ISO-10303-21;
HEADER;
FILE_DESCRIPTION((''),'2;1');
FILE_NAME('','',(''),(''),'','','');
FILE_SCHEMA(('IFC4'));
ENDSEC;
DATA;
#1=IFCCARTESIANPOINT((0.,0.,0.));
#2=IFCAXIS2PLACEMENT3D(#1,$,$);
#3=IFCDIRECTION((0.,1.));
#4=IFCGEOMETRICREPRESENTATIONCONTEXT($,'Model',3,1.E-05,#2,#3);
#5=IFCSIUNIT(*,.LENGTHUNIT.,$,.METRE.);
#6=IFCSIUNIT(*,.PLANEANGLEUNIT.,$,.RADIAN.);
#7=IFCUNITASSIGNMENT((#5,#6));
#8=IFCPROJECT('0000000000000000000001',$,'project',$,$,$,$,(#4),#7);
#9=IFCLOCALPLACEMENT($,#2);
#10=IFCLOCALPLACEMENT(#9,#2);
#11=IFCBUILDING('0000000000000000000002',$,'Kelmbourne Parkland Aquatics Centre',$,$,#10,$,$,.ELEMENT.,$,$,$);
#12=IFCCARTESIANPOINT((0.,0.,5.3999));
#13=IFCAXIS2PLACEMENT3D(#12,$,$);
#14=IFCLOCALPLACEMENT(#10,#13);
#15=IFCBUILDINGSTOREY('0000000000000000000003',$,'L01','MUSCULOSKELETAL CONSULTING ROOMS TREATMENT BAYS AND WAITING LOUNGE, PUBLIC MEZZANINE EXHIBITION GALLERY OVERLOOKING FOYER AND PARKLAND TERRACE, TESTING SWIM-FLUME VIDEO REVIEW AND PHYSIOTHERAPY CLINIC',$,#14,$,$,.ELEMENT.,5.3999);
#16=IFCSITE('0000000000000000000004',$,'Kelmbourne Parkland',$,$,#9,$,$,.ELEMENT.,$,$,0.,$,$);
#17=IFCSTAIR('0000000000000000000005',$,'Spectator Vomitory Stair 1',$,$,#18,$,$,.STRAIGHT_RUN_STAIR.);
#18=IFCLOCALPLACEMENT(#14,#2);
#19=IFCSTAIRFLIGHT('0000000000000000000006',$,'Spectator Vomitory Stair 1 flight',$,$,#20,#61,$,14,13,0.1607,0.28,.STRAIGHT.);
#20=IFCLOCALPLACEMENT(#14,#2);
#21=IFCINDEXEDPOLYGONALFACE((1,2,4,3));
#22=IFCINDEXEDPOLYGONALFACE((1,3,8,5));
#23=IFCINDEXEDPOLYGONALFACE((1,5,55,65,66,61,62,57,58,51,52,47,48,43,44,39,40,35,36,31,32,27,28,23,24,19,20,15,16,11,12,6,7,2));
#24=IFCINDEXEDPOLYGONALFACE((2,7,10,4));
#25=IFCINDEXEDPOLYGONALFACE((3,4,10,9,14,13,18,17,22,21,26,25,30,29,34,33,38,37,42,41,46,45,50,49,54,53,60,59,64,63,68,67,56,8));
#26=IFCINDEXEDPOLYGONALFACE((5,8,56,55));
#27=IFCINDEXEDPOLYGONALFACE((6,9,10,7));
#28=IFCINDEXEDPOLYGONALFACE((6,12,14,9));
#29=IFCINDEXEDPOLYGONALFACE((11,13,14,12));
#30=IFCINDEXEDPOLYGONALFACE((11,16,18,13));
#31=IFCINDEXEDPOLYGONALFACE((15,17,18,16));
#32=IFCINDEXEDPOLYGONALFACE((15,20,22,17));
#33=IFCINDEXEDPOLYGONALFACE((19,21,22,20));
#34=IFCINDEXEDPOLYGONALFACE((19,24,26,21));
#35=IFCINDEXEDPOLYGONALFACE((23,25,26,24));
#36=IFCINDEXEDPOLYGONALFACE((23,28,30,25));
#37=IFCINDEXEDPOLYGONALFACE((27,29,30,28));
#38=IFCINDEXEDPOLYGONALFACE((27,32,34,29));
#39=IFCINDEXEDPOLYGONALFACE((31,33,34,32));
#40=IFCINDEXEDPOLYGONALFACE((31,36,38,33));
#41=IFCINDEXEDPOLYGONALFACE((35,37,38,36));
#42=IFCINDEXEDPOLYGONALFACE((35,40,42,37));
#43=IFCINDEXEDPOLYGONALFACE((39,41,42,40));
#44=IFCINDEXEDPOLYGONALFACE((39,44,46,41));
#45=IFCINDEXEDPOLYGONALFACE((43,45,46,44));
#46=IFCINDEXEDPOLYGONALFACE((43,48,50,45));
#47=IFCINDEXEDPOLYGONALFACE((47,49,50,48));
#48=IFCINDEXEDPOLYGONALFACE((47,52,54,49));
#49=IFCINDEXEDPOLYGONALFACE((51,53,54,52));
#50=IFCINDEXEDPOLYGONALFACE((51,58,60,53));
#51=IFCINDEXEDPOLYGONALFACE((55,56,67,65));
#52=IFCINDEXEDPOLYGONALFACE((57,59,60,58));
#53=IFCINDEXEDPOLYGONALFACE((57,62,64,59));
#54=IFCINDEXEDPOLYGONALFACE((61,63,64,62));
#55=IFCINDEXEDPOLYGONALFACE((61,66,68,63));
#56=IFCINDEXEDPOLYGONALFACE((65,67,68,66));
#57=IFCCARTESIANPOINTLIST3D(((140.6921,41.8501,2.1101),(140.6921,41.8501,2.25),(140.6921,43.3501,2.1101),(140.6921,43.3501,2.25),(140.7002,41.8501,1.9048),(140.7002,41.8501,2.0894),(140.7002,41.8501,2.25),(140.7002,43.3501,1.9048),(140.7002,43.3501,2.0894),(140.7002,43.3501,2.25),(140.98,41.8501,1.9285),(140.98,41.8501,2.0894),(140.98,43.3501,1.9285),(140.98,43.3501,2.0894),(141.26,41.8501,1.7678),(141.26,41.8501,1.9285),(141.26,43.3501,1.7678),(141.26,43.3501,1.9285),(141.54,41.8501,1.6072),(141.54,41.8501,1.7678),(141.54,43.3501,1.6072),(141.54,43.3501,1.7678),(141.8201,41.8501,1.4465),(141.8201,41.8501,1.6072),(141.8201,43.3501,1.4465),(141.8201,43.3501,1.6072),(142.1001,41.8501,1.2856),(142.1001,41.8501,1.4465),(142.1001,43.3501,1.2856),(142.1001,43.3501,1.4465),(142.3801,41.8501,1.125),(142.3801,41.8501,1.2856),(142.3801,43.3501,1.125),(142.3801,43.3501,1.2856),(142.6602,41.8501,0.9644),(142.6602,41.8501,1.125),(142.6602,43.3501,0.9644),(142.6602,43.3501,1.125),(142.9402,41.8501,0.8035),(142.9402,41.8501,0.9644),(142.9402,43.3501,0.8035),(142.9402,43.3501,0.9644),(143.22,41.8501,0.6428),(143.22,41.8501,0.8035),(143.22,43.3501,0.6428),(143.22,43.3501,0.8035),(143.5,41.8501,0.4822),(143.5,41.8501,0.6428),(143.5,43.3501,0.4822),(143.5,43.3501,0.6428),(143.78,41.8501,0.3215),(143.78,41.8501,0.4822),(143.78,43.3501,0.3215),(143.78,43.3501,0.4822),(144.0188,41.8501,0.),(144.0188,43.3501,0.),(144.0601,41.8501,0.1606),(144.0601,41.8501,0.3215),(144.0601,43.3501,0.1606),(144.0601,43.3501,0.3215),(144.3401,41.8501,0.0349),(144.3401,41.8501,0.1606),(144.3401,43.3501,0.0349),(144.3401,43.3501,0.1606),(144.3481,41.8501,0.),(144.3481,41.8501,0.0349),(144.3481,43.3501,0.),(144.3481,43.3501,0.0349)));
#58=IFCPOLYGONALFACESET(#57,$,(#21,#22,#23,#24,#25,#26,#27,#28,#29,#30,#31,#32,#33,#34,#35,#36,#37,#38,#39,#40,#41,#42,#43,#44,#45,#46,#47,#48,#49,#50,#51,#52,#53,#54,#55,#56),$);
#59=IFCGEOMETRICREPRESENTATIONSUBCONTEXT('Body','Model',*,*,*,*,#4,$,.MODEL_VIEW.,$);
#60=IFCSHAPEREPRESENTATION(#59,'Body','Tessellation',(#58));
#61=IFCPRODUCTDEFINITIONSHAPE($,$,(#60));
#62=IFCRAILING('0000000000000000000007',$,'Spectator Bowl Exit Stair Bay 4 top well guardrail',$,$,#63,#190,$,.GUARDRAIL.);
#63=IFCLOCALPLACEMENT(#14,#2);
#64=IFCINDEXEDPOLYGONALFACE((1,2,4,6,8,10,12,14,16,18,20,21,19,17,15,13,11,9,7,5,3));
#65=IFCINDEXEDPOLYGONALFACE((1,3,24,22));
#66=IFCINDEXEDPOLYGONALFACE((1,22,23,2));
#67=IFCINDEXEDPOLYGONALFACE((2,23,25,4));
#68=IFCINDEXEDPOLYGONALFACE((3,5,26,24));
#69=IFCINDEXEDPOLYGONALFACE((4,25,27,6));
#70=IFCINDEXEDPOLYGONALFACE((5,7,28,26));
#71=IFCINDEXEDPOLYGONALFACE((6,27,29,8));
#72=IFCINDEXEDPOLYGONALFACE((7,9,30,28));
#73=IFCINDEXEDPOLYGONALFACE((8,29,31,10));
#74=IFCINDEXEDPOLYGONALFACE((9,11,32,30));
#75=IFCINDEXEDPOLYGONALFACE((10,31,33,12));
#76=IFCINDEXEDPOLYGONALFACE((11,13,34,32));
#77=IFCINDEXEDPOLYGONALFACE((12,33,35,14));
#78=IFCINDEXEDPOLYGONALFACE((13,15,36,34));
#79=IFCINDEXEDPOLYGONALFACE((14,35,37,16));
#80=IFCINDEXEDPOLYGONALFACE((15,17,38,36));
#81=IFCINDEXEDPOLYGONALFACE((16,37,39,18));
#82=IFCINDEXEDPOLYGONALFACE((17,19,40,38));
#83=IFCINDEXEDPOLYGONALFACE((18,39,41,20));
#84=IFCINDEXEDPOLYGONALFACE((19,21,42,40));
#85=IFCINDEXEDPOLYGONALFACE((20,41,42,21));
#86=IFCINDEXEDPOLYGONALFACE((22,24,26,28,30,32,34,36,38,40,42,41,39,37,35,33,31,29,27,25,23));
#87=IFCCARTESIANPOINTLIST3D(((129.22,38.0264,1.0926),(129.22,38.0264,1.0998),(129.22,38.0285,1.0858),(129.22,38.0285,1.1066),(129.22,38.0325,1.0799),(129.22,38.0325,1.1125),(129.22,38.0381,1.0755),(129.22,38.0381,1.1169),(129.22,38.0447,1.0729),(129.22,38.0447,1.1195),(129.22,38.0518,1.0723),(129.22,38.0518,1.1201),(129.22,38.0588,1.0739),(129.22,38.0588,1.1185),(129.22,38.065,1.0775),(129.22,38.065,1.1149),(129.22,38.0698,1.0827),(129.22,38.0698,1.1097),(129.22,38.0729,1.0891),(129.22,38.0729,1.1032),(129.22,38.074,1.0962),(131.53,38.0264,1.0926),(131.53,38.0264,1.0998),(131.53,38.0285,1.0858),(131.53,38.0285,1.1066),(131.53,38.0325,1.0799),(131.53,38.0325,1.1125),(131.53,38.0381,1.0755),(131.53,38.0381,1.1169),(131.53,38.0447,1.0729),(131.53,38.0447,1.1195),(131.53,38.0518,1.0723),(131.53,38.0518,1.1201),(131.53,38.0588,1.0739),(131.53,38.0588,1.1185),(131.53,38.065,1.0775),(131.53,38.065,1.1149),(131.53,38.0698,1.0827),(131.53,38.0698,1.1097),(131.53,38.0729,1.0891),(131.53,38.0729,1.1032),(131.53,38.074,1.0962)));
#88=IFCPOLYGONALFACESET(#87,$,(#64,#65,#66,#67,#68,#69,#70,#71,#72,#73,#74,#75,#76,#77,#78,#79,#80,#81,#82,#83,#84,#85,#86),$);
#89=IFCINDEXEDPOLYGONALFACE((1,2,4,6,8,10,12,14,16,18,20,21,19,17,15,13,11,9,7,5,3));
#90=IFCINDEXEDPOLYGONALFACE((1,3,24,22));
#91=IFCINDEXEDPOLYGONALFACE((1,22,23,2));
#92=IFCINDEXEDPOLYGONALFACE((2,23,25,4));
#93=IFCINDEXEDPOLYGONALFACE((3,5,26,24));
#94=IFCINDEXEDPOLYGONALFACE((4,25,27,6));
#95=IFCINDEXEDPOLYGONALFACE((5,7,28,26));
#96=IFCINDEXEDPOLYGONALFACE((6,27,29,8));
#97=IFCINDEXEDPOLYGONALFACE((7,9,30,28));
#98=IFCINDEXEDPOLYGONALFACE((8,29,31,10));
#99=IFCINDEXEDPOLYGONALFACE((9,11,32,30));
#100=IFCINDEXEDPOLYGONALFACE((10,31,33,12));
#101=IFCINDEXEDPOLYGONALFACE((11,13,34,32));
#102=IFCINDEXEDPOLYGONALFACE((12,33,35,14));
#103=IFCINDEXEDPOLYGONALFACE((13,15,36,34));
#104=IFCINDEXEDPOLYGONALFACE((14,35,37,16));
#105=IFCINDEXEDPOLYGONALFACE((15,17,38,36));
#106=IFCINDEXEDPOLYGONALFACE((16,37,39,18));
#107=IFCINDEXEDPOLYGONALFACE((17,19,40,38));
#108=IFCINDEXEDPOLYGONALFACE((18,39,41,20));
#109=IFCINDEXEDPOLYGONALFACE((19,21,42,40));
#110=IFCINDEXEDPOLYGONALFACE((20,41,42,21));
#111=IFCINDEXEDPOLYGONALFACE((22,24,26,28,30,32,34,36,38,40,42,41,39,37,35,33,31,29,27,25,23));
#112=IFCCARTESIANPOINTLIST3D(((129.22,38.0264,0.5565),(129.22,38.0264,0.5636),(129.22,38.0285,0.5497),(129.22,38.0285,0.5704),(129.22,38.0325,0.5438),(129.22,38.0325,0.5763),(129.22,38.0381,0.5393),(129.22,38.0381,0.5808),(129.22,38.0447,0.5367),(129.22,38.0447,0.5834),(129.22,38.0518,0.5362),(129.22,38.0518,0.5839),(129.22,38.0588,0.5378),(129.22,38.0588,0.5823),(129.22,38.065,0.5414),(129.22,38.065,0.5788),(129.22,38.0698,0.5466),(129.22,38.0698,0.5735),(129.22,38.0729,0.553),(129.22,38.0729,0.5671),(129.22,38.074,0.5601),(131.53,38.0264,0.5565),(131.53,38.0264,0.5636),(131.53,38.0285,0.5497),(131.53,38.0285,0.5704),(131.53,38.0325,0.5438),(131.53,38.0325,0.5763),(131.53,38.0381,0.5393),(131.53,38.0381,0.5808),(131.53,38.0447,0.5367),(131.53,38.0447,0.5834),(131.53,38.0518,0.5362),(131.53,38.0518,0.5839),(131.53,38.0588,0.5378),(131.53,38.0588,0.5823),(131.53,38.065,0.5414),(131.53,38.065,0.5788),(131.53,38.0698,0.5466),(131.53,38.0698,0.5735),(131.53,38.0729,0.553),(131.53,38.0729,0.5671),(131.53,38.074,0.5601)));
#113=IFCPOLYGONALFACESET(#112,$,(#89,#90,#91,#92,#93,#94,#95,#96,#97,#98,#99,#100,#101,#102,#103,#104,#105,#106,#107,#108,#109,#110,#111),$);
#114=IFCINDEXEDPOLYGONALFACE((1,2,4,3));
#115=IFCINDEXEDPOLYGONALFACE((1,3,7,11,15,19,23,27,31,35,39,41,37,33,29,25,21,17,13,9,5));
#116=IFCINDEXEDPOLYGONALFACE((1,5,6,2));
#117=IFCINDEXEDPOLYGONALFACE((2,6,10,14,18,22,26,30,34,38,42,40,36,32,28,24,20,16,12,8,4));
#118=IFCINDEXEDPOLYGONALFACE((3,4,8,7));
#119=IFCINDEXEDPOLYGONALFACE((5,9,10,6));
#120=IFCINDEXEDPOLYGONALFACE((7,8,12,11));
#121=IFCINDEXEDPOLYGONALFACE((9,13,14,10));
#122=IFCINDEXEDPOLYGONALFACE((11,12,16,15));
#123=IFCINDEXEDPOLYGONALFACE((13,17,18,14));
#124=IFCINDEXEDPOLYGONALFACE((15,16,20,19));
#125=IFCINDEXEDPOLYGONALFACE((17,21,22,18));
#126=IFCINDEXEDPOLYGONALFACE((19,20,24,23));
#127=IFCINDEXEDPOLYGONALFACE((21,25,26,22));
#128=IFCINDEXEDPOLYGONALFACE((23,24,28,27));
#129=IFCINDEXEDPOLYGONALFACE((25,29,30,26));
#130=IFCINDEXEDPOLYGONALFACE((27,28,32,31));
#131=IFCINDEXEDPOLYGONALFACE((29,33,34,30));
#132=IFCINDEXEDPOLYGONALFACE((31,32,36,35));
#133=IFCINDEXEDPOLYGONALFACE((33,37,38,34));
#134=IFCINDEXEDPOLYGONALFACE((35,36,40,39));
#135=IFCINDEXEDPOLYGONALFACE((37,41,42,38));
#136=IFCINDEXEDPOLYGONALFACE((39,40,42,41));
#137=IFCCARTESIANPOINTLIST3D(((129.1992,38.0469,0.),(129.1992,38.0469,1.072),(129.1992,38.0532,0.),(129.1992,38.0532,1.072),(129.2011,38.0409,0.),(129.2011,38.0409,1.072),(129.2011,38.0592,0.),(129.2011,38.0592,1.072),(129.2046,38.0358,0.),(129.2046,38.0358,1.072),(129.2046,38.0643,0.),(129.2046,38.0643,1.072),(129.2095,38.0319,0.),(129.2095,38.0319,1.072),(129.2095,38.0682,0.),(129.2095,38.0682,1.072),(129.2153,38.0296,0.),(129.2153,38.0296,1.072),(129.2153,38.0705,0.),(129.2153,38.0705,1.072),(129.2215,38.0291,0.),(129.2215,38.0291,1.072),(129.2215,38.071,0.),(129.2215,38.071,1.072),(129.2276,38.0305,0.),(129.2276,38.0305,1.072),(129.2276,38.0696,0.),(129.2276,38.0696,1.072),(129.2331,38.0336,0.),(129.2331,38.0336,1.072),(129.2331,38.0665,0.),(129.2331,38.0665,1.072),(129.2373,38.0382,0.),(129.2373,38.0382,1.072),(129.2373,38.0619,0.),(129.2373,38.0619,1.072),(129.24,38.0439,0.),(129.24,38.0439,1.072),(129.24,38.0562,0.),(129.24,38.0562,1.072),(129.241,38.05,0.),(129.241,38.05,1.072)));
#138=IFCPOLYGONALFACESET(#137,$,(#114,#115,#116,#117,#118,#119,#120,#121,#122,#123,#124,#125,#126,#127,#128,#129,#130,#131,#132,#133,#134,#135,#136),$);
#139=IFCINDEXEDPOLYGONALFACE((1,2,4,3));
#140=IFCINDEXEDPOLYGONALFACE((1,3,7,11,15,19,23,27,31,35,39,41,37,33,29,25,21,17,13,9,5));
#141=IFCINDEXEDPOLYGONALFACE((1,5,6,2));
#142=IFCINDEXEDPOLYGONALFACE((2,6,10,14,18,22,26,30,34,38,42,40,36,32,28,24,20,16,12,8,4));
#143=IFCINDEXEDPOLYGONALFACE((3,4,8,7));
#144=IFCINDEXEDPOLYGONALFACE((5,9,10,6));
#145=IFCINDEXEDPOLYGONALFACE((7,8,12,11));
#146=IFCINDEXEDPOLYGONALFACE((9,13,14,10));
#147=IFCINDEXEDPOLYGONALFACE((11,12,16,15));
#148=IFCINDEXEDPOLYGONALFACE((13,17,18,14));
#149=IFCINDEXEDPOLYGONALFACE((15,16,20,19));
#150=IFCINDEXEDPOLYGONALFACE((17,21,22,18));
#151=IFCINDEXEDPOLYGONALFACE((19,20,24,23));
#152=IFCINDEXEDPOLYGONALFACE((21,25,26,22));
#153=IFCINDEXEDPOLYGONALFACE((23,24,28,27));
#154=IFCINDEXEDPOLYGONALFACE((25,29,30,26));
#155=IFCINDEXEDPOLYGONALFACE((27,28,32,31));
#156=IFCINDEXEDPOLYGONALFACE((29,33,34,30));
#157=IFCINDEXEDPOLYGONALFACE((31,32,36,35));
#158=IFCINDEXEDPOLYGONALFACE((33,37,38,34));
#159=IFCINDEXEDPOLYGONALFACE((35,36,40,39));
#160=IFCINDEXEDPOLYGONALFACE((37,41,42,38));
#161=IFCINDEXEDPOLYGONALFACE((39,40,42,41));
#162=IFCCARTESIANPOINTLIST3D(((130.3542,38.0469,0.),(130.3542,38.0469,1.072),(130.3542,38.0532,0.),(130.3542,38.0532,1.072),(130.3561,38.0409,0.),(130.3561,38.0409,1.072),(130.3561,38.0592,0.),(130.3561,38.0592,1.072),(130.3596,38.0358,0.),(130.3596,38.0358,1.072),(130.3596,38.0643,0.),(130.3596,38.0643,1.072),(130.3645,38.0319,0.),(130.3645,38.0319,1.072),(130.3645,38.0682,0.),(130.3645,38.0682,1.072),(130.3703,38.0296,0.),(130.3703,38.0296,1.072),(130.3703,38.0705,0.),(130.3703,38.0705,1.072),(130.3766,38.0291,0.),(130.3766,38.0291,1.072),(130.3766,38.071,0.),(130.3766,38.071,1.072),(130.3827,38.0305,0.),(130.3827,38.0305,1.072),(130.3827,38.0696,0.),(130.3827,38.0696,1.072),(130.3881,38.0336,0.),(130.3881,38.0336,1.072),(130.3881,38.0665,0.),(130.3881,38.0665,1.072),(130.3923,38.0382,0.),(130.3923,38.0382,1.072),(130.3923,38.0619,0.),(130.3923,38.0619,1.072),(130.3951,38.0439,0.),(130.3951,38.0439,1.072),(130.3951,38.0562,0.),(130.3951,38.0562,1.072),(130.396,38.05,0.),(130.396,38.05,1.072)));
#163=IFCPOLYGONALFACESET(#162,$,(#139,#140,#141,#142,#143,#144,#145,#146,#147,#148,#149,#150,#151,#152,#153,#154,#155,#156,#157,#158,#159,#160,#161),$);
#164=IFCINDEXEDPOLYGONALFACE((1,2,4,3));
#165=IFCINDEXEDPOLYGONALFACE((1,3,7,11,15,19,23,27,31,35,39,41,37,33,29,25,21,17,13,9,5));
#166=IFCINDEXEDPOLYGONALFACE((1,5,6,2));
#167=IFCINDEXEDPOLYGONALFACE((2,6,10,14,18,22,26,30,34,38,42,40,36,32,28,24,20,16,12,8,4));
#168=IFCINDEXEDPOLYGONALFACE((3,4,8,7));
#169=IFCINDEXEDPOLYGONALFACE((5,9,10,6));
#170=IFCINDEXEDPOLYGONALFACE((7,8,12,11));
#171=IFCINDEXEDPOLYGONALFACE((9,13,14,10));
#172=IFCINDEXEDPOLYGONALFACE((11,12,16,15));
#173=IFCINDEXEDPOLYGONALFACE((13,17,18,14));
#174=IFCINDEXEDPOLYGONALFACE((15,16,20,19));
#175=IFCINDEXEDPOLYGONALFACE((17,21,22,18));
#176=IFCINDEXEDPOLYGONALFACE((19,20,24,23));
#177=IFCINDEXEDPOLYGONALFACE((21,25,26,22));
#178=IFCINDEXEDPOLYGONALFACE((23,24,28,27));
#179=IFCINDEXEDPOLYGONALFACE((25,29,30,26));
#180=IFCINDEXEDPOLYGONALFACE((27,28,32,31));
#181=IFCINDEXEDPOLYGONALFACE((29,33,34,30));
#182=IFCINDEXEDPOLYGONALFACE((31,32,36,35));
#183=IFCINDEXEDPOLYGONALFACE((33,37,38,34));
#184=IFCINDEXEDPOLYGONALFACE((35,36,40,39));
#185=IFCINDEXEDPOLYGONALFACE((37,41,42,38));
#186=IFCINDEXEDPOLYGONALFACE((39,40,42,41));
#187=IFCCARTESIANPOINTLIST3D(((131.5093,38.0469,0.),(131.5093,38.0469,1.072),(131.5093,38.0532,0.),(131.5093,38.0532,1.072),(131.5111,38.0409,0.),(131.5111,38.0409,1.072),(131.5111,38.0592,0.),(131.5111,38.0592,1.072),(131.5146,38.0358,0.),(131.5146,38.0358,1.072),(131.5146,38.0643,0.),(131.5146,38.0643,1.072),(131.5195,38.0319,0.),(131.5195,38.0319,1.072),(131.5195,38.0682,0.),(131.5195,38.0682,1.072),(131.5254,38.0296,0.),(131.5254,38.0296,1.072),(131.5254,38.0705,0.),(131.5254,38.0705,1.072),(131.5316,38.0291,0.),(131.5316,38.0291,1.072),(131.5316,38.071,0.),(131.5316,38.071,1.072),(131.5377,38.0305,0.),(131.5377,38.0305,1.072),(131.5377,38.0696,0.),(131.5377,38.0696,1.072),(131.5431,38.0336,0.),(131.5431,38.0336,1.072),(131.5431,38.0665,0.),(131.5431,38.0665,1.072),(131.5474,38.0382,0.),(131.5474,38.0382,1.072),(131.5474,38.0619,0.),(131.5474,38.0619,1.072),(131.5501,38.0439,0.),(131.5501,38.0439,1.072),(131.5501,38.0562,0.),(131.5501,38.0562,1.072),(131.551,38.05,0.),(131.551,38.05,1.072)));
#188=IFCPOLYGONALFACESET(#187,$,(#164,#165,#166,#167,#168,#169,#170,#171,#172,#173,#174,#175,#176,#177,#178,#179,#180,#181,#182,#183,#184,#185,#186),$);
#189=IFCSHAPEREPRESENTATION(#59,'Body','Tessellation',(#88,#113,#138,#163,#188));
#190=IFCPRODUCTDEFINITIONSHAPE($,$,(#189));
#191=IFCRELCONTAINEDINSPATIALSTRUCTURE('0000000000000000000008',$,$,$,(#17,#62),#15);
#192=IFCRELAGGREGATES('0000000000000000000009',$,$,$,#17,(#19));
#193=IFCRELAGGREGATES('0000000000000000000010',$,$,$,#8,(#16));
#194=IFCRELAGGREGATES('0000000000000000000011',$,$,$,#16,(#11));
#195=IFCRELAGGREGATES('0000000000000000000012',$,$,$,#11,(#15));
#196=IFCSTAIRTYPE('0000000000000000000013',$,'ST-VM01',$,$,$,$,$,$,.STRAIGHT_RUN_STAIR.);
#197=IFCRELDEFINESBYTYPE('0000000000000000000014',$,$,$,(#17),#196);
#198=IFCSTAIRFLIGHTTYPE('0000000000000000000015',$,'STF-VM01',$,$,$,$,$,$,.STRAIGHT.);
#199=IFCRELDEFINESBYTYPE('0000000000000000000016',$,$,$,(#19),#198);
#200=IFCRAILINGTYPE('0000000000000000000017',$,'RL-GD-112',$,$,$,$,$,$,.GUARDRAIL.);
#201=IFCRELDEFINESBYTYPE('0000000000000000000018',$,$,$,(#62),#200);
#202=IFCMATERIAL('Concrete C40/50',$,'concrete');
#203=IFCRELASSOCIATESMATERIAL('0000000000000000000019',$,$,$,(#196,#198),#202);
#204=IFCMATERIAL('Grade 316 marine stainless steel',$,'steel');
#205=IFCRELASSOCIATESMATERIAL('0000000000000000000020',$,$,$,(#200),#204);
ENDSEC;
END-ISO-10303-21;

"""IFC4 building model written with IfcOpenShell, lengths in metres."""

from ifc_helpers import new_model, si_unit, direction, frame, origin, origin_2d, place, context, subcontext, project, spatial, polyline, circle, outline, extrude, material, type_object, element, aggregate, save


model = new_model("IFC4")

# Units and contexts
model_context = context("Model", 3, precision=1e-05, world=origin(), true_north=direction((0.0, 1.0)))
body_context = subcontext(model_context, "Body", "Model", "MODEL_VIEW")
ifc_project = project(units=[si_unit("LENGTHUNIT", "METRE"), si_unit("PLANEANGLEUNIT", "RADIAN")], contexts=[model_context])

# Site, building, storey
site_placement = place(None, origin())
site = spatial("IfcSite", under=ifc_project, at=site_placement, Name="Kelmbourne Parkland", CompositionType="ELEMENT", RefElevation=0.0)
building_placement = place(site_placement, origin())
building = spatial("IfcBuilding", under=site, at=building_placement, Name="Kelmbourne Parkland Aquatics Centre", CompositionType="ELEMENT")
storey_placement = place(building_placement, frame((0.0, 0.0, 5.3999)))
storey = spatial("IfcBuildingStorey", under=building, at=storey_placement, Name="L01", Description="MUSCULOSKELETAL CONSULTING ROOMS TREATMENT BAYS AND WAITING LOUNGE, PUBLIC MEZZANINE EXHIBITION GALLERY OVERLOOKING FOYER AND PARKLAND TERRACE, TESTING SWIM-FLUME VIDEO REVIEW AND PHYSIOTHERAPY CLINIC", CompositionType="ELEMENT", Elevation=5.3999)

# Shared definitions
ifc_material_1 = material(Name="Concrete C40/50", Category="concrete")

# Stair, stair flight
stair_type = type_object("IfcStairType", Name="ST-VM01", PredefinedType="STRAIGHT_RUN_STAIR", material=ifc_material_1)
stair_placement = place(storey_placement, origin())
stair = element("IfcStair", 1, at=stair_placement, inside=storey, type_object=stair_type, Name="Spectator Vomitory Stair 1", PredefinedType="STRAIGHT_RUN_STAIR")
stair_flight_type = type_object("IfcStairFlightType", Name="STF-VM01", PredefinedType="STRAIGHT", material=ifc_material_1)
stair_flight_placement = place(storey_placement, frame((144.3401, 42.6001, 0.0), z_axis=(0.0, 0.0, 1.0), x_axis=(-1.0, 0.0, 0.0)))
stair_flight = element("IfcStairFlight", 2, at=stair_flight_placement, type_object=stair_flight_type, Name="Spectator Vomitory Stair 1 flight", NumberOfRisers=14, NumberOfTreads=13, PredefinedType="STRAIGHT", RiserHeight=0.1607, TreadLength=0.28, context=body_context, shape_type="SweptSolid", body=[
    extrude(outline(polyline([(-0.0081, 0.0), (-0.0081, 0.0349), (0.0, 0.0349), (0.0, 0.1606), (0.28, 0.1606), (0.28, 0.3215), (0.5601, 0.3215), (0.5601, 0.4822), (0.8401, 0.4822), (0.8401, 0.6428), (1.1201, 0.6428), (1.1201, 0.8035), (1.3999, 0.8035), (1.3999, 0.9644), (1.6799, 0.9644), (1.6799, 1.125), (1.96, 1.125), (1.96, 1.2856), (2.24, 1.2856), (2.24, 1.4465), (2.52, 1.4465), (2.52, 1.6072), (2.8, 1.6072), (2.8, 1.7678), (3.0801, 1.7678), (3.0801, 1.9285), (3.3601, 1.9285), (3.3601, 2.0894), (3.6399, 2.0894), (3.6399, 2.25), (3.6479, 2.25), (3.6479, 2.1101), (3.6399, 1.9048), (0.3213, 0.0), (-0.0081, 0.0)])), frame((0.0, 0.75, 0.0), z_axis=(0.0, -1.0, 0.0), x_axis=(1.0, 0.0, 0.0)), (0.0, 0.0, 1.0), 1.5),
])
aggregate(stair, [stair_flight])

# Railing
ifc_material_2 = material(Name="Grade 316 marine stainless steel", Category="steel")
railing_type_1 = type_object("IfcRailingType", Name="RL-GD-112", PredefinedType="GUARDRAIL", material=ifc_material_2)
railing_1_placement = place(storey_placement, frame((129.22, 38.05, 0.0)))
element("IfcRailing", 3, at=railing_1_placement, inside=storey, type_object=railing_type_1, Name="Spectator Bowl Exit Stair Bay 4 top well guardrail", PredefinedType="GUARDRAIL", context=body_context, shape_type="SweptSolid", body=[
    extrude(circle(Radius=0.0239, at=origin_2d()), frame((0.0, 0.0, 1.0962), z_axis=(1.0, 0.0, 0.0), x_axis=(0.0, 1.0, 0.0)), (0.0, 0.0, 1.0), 2.3101),
    extrude(circle(Radius=0.0239, at=origin_2d()), frame((0.0, 0.0, 0.5601), z_axis=(1.0, 0.0, 0.0), x_axis=(0.0, 1.0, 0.0)), (0.0, 0.0, 1.0), 2.3101),
    extrude(circle(Radius=0.021, at=origin_2d()), origin(), (0.0, 0.0, 1.0), 1.072),
    extrude(circle(Radius=0.021, at=origin_2d()), frame((1.155, 0.0, 0.0)), (0.0, 0.0, 1.0), 1.072),
    extrude(circle(Radius=0.021, at=origin_2d()), frame((2.3101, 0.0, 0.0)), (0.0, 0.0, 1.0), 1.072),
])

save(model, "model.ifc")
